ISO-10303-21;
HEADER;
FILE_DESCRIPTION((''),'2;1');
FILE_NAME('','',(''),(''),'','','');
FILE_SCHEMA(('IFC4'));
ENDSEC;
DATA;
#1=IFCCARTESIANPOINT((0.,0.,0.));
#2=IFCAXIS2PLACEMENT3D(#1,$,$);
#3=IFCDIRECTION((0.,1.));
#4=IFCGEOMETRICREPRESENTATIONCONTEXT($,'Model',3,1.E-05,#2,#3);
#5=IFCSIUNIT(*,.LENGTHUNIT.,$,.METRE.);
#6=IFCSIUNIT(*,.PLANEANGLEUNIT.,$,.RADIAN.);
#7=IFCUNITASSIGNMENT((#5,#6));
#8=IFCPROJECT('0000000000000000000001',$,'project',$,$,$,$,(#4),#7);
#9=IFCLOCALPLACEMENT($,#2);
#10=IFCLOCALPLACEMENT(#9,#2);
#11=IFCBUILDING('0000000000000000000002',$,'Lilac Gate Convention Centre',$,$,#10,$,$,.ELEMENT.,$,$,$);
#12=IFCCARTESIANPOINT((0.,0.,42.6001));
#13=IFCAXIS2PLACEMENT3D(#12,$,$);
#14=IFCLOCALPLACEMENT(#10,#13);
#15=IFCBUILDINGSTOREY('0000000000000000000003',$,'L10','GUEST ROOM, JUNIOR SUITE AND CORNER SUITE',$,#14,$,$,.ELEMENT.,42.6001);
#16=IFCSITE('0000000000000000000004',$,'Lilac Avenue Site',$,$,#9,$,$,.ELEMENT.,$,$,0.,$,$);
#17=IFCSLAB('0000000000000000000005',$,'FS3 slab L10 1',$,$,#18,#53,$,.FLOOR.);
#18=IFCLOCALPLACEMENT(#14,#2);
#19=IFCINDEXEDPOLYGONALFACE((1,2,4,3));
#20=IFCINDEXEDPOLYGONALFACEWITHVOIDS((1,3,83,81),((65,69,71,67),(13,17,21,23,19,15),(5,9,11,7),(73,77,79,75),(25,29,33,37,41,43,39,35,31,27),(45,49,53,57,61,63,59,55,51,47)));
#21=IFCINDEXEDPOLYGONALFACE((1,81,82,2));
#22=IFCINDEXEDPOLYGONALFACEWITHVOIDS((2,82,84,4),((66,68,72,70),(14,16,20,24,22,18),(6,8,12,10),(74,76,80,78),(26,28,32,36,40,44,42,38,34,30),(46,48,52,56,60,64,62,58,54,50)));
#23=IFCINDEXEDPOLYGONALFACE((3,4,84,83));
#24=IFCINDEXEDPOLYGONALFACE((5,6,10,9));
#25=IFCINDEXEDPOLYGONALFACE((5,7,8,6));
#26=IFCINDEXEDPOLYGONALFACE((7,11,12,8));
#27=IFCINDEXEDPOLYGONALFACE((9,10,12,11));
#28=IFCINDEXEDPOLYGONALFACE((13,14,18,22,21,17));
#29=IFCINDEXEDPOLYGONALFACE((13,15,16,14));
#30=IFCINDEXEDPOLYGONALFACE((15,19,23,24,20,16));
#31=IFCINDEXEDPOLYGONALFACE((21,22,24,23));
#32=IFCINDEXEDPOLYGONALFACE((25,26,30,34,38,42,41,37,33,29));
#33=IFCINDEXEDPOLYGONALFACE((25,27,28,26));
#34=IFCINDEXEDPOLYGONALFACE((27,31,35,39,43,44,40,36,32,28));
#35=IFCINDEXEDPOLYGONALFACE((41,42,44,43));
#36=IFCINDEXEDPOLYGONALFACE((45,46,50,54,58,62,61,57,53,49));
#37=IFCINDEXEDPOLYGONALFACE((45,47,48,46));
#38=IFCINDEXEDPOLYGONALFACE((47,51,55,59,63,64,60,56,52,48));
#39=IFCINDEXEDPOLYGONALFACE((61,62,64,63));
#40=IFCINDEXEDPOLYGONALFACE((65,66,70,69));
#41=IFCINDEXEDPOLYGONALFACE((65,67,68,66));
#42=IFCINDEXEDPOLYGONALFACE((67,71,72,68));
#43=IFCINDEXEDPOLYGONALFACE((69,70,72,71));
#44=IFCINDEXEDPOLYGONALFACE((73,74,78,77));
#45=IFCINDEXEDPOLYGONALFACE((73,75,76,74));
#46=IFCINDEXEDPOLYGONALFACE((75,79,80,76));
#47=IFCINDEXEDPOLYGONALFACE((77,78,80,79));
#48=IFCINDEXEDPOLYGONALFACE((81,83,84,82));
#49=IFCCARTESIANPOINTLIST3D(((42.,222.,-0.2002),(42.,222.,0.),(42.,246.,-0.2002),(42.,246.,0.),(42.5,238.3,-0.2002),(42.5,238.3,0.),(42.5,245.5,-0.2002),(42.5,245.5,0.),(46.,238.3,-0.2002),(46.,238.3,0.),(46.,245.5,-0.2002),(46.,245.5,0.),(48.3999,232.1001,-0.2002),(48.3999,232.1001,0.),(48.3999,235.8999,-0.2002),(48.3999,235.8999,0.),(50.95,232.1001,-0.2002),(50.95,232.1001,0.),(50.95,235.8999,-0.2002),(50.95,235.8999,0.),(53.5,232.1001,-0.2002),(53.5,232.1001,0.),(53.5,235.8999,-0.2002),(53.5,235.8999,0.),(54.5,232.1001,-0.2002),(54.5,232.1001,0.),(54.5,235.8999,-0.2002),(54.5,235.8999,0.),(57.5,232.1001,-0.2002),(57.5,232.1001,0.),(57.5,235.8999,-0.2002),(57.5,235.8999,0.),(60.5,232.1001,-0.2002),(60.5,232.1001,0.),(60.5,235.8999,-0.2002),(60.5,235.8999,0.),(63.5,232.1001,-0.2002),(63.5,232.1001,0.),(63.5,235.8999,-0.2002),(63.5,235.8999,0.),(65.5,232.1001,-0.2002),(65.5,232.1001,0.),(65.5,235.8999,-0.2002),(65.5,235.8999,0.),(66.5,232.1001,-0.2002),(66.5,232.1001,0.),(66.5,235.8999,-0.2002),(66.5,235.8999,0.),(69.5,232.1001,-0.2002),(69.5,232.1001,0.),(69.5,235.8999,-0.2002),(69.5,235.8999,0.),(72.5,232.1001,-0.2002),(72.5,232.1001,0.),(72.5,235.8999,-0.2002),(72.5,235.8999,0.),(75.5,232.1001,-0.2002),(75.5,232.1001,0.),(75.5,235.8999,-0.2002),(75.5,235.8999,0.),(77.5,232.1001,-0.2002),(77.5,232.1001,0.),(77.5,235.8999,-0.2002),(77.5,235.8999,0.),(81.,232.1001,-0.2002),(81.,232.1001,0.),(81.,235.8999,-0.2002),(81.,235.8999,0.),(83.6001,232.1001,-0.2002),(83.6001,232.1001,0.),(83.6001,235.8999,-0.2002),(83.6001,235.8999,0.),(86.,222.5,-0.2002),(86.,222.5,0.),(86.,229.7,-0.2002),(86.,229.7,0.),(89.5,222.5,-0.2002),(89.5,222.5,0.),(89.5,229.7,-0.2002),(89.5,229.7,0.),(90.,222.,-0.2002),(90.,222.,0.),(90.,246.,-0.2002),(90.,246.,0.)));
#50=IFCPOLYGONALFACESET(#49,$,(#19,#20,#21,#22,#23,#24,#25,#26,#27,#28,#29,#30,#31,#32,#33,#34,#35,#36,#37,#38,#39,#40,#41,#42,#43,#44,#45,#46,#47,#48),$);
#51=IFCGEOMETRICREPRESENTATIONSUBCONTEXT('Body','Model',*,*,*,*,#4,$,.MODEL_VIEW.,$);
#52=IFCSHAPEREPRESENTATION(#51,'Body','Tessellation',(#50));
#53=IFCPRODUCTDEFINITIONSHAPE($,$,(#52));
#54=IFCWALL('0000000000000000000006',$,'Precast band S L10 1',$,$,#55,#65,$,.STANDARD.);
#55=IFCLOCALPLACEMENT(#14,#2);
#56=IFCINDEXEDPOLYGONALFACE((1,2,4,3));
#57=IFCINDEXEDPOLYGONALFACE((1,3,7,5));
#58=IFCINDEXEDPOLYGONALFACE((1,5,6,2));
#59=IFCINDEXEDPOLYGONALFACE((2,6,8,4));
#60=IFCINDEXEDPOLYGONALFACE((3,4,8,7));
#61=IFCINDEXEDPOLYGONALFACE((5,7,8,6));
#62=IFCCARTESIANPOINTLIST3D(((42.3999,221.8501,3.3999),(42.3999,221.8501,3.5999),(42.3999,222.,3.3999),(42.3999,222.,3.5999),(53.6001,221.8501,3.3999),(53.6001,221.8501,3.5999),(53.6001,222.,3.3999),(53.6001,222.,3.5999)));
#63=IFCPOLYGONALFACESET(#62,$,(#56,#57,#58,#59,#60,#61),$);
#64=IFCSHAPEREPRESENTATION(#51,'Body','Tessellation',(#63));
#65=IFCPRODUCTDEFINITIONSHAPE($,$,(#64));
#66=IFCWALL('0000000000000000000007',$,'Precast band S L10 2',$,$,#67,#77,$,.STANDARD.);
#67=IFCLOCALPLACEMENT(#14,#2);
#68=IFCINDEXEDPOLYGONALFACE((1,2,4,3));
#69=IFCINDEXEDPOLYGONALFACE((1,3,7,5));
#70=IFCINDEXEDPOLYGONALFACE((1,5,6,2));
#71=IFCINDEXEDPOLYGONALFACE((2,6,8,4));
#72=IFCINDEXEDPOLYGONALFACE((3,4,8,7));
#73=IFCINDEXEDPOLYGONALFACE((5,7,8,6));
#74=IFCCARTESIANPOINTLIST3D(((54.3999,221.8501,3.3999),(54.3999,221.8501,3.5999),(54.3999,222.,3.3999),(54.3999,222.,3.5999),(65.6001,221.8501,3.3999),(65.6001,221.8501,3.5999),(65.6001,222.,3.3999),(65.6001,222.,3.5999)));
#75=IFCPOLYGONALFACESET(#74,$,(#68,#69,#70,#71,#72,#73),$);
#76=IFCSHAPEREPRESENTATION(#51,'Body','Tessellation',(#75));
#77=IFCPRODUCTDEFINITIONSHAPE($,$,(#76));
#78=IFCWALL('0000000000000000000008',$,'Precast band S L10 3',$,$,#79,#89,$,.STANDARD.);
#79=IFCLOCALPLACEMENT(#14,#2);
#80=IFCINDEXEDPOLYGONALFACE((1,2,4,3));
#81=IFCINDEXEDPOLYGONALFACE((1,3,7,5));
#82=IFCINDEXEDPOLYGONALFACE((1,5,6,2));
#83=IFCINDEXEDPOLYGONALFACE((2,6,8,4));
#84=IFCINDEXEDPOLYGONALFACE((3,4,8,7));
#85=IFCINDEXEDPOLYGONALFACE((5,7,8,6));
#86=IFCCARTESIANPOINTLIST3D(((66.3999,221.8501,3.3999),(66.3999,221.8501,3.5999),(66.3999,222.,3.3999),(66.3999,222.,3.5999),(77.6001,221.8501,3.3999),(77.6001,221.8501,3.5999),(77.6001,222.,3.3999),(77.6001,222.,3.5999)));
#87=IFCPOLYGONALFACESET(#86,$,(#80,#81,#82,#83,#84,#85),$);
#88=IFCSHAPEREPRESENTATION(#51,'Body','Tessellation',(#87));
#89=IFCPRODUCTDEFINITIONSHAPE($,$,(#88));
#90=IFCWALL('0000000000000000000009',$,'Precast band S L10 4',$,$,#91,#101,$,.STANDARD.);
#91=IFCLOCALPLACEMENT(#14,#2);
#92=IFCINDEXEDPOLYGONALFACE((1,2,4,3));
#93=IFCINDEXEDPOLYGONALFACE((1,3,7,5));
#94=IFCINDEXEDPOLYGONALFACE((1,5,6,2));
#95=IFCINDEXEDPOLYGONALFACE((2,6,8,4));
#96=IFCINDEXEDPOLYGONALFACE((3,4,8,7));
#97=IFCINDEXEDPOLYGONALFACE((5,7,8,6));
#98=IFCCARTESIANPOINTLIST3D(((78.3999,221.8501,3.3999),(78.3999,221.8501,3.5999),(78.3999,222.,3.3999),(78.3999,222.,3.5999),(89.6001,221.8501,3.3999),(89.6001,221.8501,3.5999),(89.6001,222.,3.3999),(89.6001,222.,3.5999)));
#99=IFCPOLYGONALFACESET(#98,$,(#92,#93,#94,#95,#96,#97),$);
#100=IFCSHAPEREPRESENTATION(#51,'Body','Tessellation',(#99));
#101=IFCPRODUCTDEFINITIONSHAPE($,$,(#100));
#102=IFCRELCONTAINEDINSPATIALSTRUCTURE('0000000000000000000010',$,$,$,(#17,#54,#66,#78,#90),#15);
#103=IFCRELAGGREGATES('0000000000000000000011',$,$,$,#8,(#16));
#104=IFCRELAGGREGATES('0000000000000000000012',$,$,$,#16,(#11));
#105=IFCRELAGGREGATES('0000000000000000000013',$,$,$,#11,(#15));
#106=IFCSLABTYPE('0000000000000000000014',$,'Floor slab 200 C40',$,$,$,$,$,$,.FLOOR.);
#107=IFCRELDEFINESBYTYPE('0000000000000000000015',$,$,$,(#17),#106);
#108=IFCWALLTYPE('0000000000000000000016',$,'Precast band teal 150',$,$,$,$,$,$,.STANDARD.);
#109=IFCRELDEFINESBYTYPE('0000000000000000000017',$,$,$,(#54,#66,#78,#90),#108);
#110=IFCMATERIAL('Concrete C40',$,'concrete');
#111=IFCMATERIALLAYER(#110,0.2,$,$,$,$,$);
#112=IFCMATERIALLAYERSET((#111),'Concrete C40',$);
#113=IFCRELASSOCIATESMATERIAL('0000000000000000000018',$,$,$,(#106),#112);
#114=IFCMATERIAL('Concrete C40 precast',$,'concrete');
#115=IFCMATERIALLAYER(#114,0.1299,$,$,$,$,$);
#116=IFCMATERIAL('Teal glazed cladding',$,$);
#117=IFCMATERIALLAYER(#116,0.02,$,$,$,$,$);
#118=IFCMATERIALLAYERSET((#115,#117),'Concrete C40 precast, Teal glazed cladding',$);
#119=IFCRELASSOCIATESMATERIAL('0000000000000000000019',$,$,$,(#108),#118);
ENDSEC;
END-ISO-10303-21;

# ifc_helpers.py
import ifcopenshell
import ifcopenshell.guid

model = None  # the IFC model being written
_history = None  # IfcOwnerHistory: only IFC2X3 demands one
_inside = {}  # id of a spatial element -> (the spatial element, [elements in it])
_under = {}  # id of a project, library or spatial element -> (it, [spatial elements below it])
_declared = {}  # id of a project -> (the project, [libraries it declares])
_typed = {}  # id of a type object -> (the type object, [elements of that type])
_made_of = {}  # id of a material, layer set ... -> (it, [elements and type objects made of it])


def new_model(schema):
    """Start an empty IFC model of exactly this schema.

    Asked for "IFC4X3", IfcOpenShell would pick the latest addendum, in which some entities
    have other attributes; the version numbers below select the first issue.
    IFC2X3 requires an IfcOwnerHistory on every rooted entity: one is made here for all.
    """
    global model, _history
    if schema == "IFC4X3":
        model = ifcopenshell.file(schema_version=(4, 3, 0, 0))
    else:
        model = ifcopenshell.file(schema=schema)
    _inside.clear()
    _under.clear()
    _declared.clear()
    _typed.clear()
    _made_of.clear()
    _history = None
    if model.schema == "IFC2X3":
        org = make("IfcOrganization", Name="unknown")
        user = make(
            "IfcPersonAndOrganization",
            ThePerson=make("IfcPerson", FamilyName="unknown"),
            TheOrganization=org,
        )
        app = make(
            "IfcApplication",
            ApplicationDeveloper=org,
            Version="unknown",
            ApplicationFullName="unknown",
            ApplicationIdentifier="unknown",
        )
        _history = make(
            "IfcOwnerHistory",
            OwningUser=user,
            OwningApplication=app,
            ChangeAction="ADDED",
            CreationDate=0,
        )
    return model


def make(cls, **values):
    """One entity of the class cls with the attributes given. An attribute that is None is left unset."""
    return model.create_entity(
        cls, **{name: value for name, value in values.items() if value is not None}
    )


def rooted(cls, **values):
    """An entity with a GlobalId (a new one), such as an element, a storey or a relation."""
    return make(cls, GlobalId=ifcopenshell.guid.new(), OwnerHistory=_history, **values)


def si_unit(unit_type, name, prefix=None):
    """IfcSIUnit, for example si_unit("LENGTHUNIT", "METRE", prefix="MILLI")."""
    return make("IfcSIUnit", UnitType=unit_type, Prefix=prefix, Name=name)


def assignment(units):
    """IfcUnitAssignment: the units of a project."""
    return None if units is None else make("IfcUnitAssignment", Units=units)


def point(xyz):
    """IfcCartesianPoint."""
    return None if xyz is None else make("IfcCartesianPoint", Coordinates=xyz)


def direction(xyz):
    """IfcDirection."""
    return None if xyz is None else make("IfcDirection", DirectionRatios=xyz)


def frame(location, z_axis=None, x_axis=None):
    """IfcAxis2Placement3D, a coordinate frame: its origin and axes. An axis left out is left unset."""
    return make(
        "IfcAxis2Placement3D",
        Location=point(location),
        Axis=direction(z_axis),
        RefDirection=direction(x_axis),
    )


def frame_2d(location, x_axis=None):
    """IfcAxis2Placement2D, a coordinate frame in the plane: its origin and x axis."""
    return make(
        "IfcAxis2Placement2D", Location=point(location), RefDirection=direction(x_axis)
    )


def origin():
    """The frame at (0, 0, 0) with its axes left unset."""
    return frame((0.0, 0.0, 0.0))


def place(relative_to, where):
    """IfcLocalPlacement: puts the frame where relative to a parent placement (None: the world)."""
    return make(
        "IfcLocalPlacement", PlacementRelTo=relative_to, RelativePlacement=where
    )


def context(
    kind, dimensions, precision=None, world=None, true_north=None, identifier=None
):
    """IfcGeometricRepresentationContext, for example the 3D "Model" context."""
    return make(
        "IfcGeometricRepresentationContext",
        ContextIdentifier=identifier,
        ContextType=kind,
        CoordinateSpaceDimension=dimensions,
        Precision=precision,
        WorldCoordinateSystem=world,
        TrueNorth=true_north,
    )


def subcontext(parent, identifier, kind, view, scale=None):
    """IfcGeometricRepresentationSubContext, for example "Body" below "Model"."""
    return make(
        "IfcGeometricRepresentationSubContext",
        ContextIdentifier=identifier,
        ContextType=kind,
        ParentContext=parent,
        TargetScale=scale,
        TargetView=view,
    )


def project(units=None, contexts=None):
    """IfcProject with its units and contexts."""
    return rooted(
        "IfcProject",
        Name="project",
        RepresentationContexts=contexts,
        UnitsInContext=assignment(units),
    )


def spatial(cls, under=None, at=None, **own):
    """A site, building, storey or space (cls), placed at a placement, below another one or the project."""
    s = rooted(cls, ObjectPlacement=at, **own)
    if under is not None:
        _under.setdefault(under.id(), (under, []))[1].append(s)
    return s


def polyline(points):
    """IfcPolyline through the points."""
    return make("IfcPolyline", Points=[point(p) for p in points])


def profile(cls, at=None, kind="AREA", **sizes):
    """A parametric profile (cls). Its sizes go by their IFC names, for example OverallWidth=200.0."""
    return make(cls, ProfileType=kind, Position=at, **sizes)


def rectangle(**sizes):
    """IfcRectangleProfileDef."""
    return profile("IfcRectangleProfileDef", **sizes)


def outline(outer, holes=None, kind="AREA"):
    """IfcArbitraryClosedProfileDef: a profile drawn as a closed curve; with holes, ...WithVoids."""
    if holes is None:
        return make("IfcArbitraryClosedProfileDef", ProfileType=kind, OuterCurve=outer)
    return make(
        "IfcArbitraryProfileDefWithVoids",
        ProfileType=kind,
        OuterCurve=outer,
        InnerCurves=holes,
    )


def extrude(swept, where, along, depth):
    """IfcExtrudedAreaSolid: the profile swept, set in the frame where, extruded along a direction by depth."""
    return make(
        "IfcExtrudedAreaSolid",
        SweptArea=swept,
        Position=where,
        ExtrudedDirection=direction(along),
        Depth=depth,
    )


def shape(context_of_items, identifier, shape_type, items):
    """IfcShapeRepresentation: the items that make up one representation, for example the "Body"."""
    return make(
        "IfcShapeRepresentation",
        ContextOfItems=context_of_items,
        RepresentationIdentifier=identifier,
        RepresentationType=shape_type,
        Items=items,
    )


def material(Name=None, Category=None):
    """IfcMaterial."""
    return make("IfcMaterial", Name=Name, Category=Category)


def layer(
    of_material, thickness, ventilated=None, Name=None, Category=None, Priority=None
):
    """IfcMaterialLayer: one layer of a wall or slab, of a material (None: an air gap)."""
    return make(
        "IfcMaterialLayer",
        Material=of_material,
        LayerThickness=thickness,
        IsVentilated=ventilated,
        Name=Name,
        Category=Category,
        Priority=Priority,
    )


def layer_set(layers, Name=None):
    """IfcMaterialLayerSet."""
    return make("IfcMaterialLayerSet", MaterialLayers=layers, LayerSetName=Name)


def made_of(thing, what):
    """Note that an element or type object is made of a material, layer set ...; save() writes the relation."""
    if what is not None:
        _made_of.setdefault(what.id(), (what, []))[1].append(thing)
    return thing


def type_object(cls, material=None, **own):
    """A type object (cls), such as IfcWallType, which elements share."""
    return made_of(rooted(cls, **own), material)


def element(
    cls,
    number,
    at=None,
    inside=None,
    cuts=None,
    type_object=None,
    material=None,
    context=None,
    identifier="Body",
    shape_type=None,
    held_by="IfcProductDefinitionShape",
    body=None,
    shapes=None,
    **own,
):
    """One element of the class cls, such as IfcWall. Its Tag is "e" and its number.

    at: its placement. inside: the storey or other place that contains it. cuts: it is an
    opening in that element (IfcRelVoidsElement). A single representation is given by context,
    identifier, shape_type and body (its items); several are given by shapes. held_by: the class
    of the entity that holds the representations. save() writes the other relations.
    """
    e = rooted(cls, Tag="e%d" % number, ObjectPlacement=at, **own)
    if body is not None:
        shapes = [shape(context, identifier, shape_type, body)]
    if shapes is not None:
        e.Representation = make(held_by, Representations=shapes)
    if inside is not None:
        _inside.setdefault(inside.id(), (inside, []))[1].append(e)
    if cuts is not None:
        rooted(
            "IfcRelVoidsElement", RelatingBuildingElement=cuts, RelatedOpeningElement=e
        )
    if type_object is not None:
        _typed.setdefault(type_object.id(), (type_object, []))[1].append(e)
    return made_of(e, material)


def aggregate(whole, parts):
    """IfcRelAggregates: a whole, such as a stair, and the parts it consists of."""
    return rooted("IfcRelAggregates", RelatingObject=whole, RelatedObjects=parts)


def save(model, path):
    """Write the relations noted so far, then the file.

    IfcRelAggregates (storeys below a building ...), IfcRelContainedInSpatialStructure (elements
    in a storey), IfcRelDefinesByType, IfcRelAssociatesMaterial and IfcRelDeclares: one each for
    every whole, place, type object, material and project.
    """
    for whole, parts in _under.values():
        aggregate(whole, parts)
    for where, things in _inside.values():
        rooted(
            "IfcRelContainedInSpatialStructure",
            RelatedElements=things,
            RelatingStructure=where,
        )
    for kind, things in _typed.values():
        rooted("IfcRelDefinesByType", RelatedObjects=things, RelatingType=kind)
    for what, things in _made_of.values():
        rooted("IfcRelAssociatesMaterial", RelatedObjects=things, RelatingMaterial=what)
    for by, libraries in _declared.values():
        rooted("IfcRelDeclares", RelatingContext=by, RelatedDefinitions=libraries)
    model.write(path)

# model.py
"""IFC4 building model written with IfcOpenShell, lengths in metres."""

from ifc_helpers import new_model, si_unit, direction, frame, frame_2d, origin, place, context, subcontext, project, spatial, polyline, rectangle, outline, extrude, material, layer, layer_set, type_object, element, save


model = new_model("IFC4")

# Units and contexts
model_context = context("Model", 3, precision=1e-05, world=origin(), true_north=direction((0.0, 1.0)))
body_context = subcontext(model_context, "Body", "Model", "MODEL_VIEW")
ifc_project = project(units=[si_unit("LENGTHUNIT", "METRE"), si_unit("PLANEANGLEUNIT", "RADIAN")], contexts=[model_context])

# Site, building, storey
site_placement = place(None, origin())
site = spatial("IfcSite", under=ifc_project, at=site_placement, Name="Lilac Avenue Site", CompositionType="ELEMENT", RefElevation=0.0)
building_placement = place(site_placement, origin())
building = spatial("IfcBuilding", under=site, at=building_placement, Name="Lilac Gate Convention Centre", CompositionType="ELEMENT")
storey_placement = place(building_placement, frame((0.0, 0.0, 42.6001)))
storey = spatial("IfcBuildingStorey", under=building, at=storey_placement, Name="L10", Description="GUEST ROOM, JUNIOR SUITE AND CORNER SUITE", CompositionType="ELEMENT", Elevation=42.6001)

# Shared definitions
ifc_material_1 = material(Name="Concrete C40", Category="concrete")

# Slab
ifc_layer_1 = layer(ifc_material_1, 0.2)
ifc_layer_set_1 = layer_set([ifc_layer_1], Name="Concrete C40")
slab_type_1 = type_object("IfcSlabType", Name="Floor slab 200 C40", PredefinedType="FLOOR", material=ifc_layer_set_1)
slab_1_placement = place(storey_placement, frame((0.0, 0.0, -0.2002)))
element("IfcSlab", 1, at=slab_1_placement, inside=storey, type_object=slab_type_1, Name="FS3 slab L10 1", PredefinedType="FLOOR", context=body_context, shape_type="SweptSolid", body=[
    extrude(outline(polyline([(42.0, 222.0), (42.0, 246.0), (90.0, 246.0), (90.0, 222.0), (42.0, 222.0)]), holes=[polyline([(48.3999, 235.8999), (48.3999, 232.1001), (50.95, 232.1001), (53.5, 232.1001), (53.5, 235.8999), (50.95, 235.8999), (48.3999, 235.8999)]), polyline([(57.5, 235.8999), (54.5, 235.8999), (54.5, 232.1001), (57.5, 232.1001), (60.5, 232.1001), (63.5, 232.1001), (65.5, 232.1001), (65.5, 235.8999), (63.5, 235.8999), (60.5, 235.8999), (57.5, 235.8999)]), polyline([(42.5, 245.5), (42.5, 238.3), (46.0, 238.3), (46.0, 245.5), (42.5, 245.5)]), polyline([(89.5, 229.7), (86.0, 229.7), (86.0, 222.5), (89.5, 222.5), (89.5, 229.7)]), polyline([(69.5, 235.8999), (66.5, 235.8999), (66.5, 232.1001), (69.5, 232.1001), (72.5, 232.1001), (75.5, 232.1001), (77.5, 232.1001), (77.5, 235.8999), (75.5, 235.8999), (72.5, 235.8999), (69.5, 235.8999)]), polyline([(83.6001, 235.8999), (81.0, 235.8999), (81.0, 232.1001), (83.6001, 232.1001), (83.6001, 235.8999)])]), origin(), (0.0, 0.0, 1.0), 0.2002),
])

# Walls
ifc_material_2 = material(Name="Concrete C40 precast", Category="concrete")
ifc_layer_2 = layer(ifc_material_2, 0.1299)
ifc_material_3 = material(Name="Teal glazed cladding")
ifc_layer_3 = layer(ifc_material_3, 0.02)
ifc_layer_set_2 = layer_set([ifc_layer_2, ifc_layer_3], Name="Concrete C40 precast, Teal glazed cladding")
wall_type = type_object("IfcWallType", Name="Precast band teal 150", PredefinedType="STANDARD", material=ifc_layer_set_2)
for number, where, z_axis, x_axis, name in (
    (2, (42.3999, 221.925, 3.3999), (0.0, 0.0, 1.0), (1.0, 0.0, 0.0), "Precast band S L10 1"),
    (3, (54.3999, 221.925, 3.3999), (0.0, 0.0, 1.0), (1.0, 0.0, 0.0), "Precast band S L10 2"),
    (4, (66.3999, 221.925, 3.3999), (0.0, 0.0, 1.0), (1.0, 0.0, 0.0), "Precast band S L10 3"),
    (5, (78.3999, 221.925, 3.3999), (0.0, 0.0, 1.0), (1.0, 0.0, 0.0), "Precast band S L10 4"),
):
    element("IfcWall", number, at=place(storey_placement, frame(where, z_axis=z_axis, x_axis=x_axis)), inside=storey, type_object=wall_type, Name=name, PredefinedType="STANDARD", context=body_context, shape_type="SweptSolid", body=[
        extrude(rectangle(XDim=11.2002, YDim=0.1499, at=frame_2d((5.6001, 0.0))), origin(), (0.0, 0.0, 1.0), 0.2),
    ])

save(model, "model.ifc")
